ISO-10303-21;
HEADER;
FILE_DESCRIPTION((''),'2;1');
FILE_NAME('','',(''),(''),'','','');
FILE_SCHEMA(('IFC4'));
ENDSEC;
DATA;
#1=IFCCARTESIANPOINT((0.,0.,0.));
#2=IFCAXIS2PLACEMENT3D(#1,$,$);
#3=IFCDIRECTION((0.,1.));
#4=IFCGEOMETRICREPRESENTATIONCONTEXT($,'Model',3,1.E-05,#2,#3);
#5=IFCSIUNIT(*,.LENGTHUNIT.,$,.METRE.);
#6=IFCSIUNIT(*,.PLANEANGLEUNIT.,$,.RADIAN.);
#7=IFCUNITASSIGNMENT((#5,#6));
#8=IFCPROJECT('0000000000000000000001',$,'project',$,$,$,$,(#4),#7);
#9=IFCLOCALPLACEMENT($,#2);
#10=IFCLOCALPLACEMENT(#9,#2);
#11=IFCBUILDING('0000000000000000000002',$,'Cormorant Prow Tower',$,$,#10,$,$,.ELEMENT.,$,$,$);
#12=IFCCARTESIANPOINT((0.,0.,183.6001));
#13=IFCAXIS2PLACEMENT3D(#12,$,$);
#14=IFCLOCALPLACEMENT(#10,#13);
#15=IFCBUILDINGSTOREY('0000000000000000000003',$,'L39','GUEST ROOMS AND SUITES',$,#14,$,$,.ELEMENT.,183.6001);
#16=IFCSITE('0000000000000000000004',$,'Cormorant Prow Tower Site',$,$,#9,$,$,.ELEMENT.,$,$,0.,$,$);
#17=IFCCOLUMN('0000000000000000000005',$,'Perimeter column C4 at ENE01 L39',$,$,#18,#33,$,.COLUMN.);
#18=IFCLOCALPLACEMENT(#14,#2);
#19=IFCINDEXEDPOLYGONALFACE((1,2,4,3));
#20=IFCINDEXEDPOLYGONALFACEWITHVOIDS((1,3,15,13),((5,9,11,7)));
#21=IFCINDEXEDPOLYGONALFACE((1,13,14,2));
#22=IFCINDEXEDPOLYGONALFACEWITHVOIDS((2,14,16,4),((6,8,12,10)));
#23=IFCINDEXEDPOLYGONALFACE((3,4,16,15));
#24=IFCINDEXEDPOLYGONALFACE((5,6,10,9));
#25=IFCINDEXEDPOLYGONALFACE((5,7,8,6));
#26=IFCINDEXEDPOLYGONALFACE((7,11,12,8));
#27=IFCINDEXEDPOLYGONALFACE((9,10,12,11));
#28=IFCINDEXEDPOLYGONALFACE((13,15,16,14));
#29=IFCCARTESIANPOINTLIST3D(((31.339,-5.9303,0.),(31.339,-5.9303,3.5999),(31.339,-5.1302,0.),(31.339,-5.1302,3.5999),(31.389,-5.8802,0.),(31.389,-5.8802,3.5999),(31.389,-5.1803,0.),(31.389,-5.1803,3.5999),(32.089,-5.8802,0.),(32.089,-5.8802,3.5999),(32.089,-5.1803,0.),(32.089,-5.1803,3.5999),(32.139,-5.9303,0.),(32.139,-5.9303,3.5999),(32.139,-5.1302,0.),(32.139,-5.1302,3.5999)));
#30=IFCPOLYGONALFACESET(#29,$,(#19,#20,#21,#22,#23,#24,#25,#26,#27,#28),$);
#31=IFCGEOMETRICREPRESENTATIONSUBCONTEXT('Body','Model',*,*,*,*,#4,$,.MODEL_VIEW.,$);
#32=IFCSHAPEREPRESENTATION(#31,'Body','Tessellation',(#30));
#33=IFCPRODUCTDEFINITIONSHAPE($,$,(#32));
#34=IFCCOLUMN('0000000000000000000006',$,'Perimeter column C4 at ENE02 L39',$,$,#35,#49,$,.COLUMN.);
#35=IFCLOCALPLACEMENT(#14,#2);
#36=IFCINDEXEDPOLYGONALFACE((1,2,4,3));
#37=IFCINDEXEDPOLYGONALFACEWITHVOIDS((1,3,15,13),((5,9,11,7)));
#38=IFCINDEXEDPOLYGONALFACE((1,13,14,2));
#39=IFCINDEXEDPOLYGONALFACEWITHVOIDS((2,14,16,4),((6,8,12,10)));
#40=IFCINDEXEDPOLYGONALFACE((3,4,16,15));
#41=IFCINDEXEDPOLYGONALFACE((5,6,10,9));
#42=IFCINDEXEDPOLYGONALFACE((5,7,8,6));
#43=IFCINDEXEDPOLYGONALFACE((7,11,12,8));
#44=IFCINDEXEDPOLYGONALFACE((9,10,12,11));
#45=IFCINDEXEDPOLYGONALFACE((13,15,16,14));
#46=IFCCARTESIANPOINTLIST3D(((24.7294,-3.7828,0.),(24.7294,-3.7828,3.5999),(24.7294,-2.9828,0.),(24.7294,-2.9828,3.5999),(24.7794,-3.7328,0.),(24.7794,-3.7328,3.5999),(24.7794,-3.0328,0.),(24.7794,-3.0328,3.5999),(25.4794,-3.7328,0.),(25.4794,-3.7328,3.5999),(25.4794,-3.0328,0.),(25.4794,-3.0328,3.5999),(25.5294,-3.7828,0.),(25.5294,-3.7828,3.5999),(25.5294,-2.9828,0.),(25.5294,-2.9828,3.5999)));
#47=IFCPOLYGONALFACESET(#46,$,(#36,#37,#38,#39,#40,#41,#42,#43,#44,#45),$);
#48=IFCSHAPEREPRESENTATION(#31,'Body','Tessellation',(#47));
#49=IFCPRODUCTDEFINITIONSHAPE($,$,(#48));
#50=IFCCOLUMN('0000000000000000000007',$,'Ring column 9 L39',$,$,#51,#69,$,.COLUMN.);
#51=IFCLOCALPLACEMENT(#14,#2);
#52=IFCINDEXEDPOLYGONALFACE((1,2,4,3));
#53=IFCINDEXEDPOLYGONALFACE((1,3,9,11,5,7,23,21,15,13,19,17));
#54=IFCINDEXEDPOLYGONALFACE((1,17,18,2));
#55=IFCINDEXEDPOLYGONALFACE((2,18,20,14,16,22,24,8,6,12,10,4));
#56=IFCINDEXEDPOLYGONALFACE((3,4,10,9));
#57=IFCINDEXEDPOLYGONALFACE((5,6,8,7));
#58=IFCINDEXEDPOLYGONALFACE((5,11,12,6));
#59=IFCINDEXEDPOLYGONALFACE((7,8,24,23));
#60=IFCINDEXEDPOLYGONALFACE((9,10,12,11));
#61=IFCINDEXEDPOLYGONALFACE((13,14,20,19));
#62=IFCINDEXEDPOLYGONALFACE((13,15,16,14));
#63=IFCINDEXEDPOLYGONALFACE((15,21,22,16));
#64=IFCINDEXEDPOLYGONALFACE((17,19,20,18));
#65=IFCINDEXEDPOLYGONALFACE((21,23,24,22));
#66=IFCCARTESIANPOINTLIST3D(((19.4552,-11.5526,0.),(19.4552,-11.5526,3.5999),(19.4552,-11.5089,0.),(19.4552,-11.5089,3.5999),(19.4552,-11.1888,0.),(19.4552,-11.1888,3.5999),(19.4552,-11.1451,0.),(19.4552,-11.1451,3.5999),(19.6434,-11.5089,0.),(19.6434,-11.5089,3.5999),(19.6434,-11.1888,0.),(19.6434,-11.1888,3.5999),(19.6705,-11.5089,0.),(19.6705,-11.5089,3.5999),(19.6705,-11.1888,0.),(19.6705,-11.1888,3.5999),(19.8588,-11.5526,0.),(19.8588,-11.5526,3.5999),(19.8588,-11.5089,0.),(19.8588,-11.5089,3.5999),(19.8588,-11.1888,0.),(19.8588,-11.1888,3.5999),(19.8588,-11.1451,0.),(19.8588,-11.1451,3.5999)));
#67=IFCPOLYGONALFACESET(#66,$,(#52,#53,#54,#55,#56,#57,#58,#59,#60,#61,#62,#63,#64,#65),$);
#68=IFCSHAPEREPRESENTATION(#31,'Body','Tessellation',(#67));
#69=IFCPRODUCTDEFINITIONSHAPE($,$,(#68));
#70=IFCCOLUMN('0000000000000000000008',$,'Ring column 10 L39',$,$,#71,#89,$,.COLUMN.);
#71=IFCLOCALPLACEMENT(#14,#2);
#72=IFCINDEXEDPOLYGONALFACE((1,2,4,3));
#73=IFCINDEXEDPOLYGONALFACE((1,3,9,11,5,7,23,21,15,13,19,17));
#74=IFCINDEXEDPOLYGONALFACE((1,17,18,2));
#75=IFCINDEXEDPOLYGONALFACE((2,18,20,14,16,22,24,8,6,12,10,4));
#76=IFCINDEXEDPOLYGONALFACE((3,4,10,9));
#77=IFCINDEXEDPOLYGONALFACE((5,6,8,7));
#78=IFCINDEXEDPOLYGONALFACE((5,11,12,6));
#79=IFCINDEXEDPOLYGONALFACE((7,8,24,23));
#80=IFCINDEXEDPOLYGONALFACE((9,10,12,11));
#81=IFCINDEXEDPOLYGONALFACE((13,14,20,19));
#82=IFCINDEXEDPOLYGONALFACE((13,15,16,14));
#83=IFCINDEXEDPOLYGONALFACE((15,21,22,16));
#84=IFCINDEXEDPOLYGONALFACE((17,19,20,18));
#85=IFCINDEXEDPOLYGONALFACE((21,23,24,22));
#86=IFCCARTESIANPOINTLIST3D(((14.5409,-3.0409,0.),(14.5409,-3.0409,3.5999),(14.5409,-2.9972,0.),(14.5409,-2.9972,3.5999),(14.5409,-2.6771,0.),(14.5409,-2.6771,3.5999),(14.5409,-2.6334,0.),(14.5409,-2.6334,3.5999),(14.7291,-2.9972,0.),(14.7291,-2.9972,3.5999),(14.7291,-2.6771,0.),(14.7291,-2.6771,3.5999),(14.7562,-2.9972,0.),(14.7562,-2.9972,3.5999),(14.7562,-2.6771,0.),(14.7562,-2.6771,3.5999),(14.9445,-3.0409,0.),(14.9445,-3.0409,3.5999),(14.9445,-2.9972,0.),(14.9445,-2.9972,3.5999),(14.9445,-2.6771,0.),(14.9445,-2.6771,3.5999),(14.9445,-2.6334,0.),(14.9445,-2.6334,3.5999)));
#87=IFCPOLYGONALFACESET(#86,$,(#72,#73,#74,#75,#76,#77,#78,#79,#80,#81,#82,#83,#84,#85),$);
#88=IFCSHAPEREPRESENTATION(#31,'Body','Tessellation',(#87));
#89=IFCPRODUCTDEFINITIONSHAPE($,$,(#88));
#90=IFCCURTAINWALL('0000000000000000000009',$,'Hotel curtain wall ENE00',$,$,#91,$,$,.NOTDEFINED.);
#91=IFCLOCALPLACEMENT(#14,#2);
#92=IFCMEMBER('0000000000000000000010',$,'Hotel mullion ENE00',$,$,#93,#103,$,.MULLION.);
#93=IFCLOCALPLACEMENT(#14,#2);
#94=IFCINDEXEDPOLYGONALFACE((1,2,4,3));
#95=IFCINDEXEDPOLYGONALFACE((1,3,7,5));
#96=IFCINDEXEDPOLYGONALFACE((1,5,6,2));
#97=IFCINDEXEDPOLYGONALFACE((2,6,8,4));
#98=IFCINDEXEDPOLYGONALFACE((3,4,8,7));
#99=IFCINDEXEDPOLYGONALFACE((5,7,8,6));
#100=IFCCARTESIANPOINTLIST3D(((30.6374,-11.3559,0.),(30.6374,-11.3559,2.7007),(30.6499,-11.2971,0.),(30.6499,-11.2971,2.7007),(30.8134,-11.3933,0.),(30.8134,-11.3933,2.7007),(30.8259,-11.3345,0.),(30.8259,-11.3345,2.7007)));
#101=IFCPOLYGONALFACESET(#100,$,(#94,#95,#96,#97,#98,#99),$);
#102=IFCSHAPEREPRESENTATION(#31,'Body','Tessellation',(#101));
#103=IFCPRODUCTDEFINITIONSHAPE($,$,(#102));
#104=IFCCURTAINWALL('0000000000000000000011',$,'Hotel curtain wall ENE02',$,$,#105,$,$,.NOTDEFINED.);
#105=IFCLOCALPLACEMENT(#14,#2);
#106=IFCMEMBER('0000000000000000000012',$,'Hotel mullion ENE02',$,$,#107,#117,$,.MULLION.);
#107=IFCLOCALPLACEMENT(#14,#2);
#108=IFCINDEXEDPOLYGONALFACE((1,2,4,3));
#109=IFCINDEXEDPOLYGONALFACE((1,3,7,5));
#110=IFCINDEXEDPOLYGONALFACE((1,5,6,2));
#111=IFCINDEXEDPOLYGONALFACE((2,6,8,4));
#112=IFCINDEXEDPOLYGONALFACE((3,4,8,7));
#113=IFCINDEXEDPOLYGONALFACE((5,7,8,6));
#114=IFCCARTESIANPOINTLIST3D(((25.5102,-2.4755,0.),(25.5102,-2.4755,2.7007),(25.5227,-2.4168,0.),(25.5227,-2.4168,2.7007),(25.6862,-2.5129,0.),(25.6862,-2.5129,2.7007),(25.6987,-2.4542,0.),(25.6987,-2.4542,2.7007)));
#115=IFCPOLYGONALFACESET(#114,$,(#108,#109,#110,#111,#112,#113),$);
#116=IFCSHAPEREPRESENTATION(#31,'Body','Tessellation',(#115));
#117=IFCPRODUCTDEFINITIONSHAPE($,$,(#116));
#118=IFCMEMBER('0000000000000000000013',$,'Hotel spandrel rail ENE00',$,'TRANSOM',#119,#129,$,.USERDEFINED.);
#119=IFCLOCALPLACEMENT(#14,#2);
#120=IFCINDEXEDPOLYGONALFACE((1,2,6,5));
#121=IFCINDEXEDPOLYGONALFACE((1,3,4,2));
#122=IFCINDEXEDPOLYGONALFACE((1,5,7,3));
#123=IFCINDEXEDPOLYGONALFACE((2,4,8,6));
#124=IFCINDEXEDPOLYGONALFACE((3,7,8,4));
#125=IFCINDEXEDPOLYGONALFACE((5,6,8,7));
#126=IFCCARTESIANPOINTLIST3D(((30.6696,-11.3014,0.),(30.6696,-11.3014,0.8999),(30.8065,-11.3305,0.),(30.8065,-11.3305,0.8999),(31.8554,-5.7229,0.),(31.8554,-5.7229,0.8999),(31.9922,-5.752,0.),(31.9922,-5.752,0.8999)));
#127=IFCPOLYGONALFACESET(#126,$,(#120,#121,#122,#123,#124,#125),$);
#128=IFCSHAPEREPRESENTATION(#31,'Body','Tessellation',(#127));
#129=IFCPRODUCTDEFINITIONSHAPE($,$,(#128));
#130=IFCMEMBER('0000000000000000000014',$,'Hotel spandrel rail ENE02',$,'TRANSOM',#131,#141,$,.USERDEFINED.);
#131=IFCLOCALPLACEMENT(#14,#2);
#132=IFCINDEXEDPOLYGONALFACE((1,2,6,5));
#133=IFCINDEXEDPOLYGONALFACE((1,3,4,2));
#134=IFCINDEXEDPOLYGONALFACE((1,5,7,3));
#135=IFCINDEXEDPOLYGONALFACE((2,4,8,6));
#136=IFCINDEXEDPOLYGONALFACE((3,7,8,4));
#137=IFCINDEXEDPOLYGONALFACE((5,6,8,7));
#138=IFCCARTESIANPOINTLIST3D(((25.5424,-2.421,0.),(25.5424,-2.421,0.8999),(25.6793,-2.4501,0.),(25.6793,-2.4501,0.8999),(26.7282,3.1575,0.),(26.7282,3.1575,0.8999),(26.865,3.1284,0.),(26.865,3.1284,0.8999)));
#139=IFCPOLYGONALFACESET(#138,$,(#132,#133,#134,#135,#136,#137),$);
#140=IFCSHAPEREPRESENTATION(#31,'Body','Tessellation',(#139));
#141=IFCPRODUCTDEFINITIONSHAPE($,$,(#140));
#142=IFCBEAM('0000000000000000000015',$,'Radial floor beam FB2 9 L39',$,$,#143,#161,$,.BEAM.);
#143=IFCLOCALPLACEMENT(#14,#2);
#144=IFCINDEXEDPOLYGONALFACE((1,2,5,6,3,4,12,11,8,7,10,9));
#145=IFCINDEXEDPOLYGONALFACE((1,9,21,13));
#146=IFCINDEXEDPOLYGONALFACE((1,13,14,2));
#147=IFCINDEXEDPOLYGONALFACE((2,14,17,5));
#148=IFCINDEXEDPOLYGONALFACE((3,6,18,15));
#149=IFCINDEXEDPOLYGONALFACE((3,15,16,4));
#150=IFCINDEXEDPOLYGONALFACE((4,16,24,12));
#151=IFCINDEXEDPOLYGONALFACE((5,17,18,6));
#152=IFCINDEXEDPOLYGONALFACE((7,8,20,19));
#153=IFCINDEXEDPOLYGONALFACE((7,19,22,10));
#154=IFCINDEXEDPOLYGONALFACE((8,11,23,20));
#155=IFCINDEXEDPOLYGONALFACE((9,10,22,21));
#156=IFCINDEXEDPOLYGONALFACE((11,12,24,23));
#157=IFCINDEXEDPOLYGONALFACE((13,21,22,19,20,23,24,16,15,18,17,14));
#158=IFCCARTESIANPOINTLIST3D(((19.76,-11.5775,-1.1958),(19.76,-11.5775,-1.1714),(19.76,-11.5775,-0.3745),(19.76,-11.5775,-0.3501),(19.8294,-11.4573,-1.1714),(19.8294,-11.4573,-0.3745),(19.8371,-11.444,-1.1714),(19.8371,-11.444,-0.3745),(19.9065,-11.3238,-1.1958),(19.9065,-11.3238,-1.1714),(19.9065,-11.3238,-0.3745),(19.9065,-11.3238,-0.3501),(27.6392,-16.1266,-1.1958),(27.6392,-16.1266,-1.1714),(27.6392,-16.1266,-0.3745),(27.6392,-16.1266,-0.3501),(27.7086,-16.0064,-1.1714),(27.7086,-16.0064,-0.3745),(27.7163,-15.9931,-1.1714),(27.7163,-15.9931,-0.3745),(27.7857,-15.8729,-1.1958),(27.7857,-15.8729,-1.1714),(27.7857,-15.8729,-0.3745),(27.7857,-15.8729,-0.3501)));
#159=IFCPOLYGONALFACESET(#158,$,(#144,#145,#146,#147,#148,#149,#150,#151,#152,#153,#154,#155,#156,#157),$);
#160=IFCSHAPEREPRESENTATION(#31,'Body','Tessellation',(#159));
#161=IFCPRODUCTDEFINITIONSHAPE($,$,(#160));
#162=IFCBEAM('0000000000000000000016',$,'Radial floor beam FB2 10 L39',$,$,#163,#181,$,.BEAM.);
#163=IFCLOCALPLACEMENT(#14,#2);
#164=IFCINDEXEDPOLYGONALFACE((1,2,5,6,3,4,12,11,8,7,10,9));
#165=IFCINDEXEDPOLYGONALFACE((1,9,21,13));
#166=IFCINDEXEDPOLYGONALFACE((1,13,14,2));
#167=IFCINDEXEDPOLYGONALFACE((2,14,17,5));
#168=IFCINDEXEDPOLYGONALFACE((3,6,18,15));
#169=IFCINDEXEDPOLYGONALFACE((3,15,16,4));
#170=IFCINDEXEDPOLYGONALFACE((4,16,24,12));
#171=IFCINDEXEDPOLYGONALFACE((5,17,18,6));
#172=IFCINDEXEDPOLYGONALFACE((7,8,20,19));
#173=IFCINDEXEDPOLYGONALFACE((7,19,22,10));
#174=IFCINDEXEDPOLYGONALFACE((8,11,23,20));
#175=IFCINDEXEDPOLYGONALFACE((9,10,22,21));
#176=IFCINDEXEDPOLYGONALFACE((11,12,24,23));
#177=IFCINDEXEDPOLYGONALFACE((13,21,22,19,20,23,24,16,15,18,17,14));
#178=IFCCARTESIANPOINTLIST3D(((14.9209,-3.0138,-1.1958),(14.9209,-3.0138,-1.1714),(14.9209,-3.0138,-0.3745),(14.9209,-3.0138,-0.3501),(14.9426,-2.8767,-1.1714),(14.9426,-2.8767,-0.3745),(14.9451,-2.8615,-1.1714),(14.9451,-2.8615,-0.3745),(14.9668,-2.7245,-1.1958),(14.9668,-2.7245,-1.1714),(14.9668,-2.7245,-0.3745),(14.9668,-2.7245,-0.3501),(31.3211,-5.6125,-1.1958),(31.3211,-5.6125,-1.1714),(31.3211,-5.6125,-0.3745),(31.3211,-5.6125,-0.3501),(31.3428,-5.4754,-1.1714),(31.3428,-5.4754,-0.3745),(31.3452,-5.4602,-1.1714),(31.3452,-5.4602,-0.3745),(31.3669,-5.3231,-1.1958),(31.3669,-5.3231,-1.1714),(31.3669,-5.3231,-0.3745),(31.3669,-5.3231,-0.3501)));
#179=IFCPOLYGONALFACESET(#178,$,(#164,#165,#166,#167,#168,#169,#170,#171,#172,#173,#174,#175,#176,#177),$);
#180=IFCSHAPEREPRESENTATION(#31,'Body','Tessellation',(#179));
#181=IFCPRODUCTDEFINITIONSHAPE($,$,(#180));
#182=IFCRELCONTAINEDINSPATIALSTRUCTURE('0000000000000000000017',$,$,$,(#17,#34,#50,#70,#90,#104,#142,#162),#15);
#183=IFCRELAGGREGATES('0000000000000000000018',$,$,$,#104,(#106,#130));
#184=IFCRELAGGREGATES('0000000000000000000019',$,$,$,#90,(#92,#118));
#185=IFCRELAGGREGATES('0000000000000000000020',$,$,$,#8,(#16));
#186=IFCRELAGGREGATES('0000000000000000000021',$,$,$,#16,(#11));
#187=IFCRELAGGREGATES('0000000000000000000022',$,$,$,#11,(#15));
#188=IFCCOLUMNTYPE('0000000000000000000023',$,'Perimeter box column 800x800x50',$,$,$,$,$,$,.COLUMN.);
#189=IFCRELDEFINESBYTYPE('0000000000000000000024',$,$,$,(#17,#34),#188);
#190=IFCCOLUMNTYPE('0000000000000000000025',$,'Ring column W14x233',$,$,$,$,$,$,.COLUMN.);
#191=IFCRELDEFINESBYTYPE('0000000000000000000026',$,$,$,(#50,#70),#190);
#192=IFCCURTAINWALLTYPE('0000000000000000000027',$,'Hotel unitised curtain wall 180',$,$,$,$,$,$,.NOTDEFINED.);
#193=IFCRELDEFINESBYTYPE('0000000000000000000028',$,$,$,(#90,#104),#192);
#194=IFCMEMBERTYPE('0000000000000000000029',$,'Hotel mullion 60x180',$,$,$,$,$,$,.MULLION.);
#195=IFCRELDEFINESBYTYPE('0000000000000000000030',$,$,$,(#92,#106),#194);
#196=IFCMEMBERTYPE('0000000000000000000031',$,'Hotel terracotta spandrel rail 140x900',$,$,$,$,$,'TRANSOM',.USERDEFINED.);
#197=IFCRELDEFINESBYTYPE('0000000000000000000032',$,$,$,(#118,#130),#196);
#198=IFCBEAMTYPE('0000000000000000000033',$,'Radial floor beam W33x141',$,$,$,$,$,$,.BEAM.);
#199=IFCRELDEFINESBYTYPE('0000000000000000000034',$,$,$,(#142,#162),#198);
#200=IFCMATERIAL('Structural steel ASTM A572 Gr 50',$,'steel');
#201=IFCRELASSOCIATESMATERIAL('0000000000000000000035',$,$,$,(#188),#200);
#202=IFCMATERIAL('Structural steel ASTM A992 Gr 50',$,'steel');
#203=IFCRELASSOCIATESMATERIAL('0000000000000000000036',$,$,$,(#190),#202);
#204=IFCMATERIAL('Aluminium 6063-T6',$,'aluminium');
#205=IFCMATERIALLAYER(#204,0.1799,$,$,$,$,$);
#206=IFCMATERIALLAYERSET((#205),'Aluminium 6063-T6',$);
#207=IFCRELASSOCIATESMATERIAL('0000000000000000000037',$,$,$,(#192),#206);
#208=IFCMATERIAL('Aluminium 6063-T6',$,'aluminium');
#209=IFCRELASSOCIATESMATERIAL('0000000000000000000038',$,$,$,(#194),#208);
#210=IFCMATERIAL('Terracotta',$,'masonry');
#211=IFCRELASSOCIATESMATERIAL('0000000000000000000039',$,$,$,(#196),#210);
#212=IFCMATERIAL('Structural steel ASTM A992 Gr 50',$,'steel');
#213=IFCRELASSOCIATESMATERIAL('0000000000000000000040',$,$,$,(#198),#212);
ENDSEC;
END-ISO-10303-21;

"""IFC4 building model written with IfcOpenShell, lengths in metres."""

from ifc_helpers import new_model, si_unit, direction, frame, origin, origin_2d, place, context, subcontext, project, spatial, rectangle, hollow_rectangle, i_section, extrude, material, layer, layer_set, material_profile, profile_set, type_object, element, aggregate, save


model = new_model("IFC4")

# Units and contexts
model_context = context("Model", 3, precision=1e-05, world=origin(), true_north=direction((0.0, 1.0)))
body_context = subcontext(model_context, "Body", "Model", "MODEL_VIEW")
ifc_project = project(units=[si_unit("LENGTHUNIT", "METRE"), si_unit("PLANEANGLEUNIT", "RADIAN")], contexts=[model_context])

# Site, building, storey
site_placement = place(None, origin())
site = spatial("IfcSite", under=ifc_project, at=site_placement, Name="Cormorant Prow Tower Site", CompositionType="ELEMENT", RefElevation=0.0)
building_placement = place(site_placement, origin())
building = spatial("IfcBuilding", under=site, at=building_placement, Name="Cormorant Prow Tower", CompositionType="ELEMENT")
storey_placement = place(building_placement, frame((0.0, 0.0, 183.6001)))
storey = spatial("IfcBuildingStorey", under=building, at=storey_placement, Name="L39", Description="GUEST ROOMS AND SUITES", CompositionType="ELEMENT", Elevation=183.6001)

# Columns
ifc_material_1 = material(Name="Structural steel ASTM A572 Gr 50", Category="steel")
ifc_material_profile_1 = material_profile(ifc_material_1, hollow_rectangle(XDim=0.8, YDim=0.8, WallThickness=0.05, at=origin_2d()), Name="Box 800x800x50")
ifc_profile_set_1 = profile_set([ifc_material_profile_1], Name="Structural steel ASTM A572 Gr 50")
column_type_1 = type_object("IfcColumnType", Name="Perimeter box column 800x800x50", PredefinedType="COLUMN", material=ifc_profile_set_1)
for number, where, z_axis, x_axis, name in (
    (1, (31.739, -5.5303, 0.0), (0.0, 0.0, 1.0), (1.0, 0.0, 0.0), "Perimeter column C4 at ENE01 L39"),
    (2, (25.1294, -3.3828, 0.0), (0.0, 0.0, 1.0), (1.0, 0.0, 0.0), "Perimeter column C4 at ENE02 L39"),
):
    element("IfcColumn", number, at=place(storey_placement, frame(where, z_axis=z_axis, x_axis=x_axis)), inside=storey, type_object=column_type_1, Name=name, PredefinedType="COLUMN", context=body_context, shape_type="SweptSolid", body=[
        extrude(hollow_rectangle(XDim=0.8, YDim=0.8, WallThickness=0.05, at=origin_2d()), origin(), (0.0, 0.0, 1.0), 3.5999),
    ])
ifc_material_2 = material(Name="Structural steel ASTM A992 Gr 50", Category="steel")
ifc_material_profile_2 = material_profile(ifc_material_2, i_section(OverallWidth=0.4036, OverallDepth=0.4075, WebThickness=0.0271, FlangeThickness=0.0437, at=origin_2d()), Name="W14x233")
ifc_profile_set_2 = profile_set([ifc_material_profile_2], Name="Structural steel ASTM A992 Gr 50")
column_type_2 = type_object("IfcColumnType", Name="Ring column W14x233", PredefinedType="COLUMN", material=ifc_profile_set_2)
for number, where, z_axis, x_axis, name in (
    (3, (19.657, -11.3489, 0.0), (0.0, 0.0, 1.0), (1.0, 0.0, 0.0), "Ring column 9 L39"),
    (4, (14.7427, -2.8372, 0.0), (0.0, 0.0, 1.0), (1.0, 0.0, 0.0), "Ring column 10 L39"),
):
    element("IfcColumn", number, at=place(storey_placement, frame(where, z_axis=z_axis, x_axis=x_axis)), inside=storey, type_object=column_type_2, Name=name, PredefinedType="COLUMN", context=body_context, shape_type="SweptSolid", body=[
        extrude(i_section(OverallWidth=0.4036, OverallDepth=0.4075, WebThickness=0.0271, FlangeThickness=0.0437, at=origin_2d()), origin(), (0.0, 0.0, 1.0), 3.5999),
    ])

# Curtain walls, members
ifc_material_3 = material(Name="Aluminium 6063-T6", Category="aluminium")
ifc_layer_1 = layer(ifc_material_3, 0.1799)
ifc_layer_set_1 = layer_set([ifc_layer_1], Name="Aluminium 6063-T6")
curtain_wall_type = type_object("IfcCurtainWallType", Name="Hotel unitised curtain wall 180", PredefinedType="NOTDEFINED", material=ifc_layer_set_1)
curtain_wall_1_placement = place(storey_placement, origin())
curtain_wall_1 = element("IfcCurtainWall", 5, at=curtain_wall_1_placement, inside=storey, type_object=curtain_wall_type, Name="Hotel curtain wall ENE00", PredefinedType="NOTDEFINED")
ifc_material_4 = material(Name="Aluminium 6063-T6", Category="aluminium")
ifc_material_profile_3 = material_profile(ifc_material_4, rectangle(XDim=0.1799, YDim=0.0601, at=origin_2d()), Name="Hotel mullion 60x180")
ifc_profile_set_3 = profile_set([ifc_material_profile_3], Name="Aluminium 6063-T6")
member_type_1 = type_object("IfcMemberType", Name="Hotel mullion 60x180", PredefinedType="MULLION", material=ifc_profile_set_3)
member_1_placement = place(storey_placement, frame((30.7317, -11.3452, 0.0), z_axis=(0.0, 0.0, 1.0), x_axis=(-0.978148, 0.207912, 0.0)))
member_1 = element("IfcMember", 6, at=member_1_placement, type_object=member_type_1, Name="Hotel mullion ENE00", PredefinedType="MULLION", context=body_context, shape_type="SweptSolid", body=[
    extrude(rectangle(XDim=0.1799, YDim=0.0601, at=origin_2d()), origin(), (0.0, 0.0, 1.0), 2.7007),
])
curtain_wall_2_placement = place(storey_placement, origin())
curtain_wall_2 = element("IfcCurtainWall", 7, at=curtain_wall_2_placement, inside=storey, type_object=curtain_wall_type, Name="Hotel curtain wall ENE02", PredefinedType="NOTDEFINED")
member_2_placement = place(storey_placement, frame((25.6045, -2.4648, 0.0), z_axis=(0.0, 0.0, 1.0), x_axis=(-0.978148, 0.207912, 0.0)))
member_2 = element("IfcMember", 8, at=member_2_placement, type_object=member_type_1, Name="Hotel mullion ENE02", PredefinedType="MULLION", context=body_context, shape_type="SweptSolid", body=[
    extrude(rectangle(XDim=0.1799, YDim=0.0601, at=origin_2d()), origin(), (0.0, 0.0, 1.0), 2.7007),
])

# Members
ifc_material_5 = material(Name="Terracotta", Category="masonry")
ifc_material_profile_4 = material_profile(ifc_material_5, rectangle(XDim=0.1399, YDim=0.8999, at=origin_2d()), Name="Hotel terracotta spandrel rail 140x900")
ifc_profile_set_4 = profile_set([ifc_material_profile_4], Name="Terracotta")
member_type_2 = type_object("IfcMemberType", Name="Hotel terracotta spandrel rail 140x900", ElementType="TRANSOM", PredefinedType="USERDEFINED", material=ifc_profile_set_4)
member_3_placement = place(storey_placement, frame((30.738, -11.3159, 0.45), z_axis=(0.207915, 0.978147, 0.0), x_axis=(-0.978147, 0.207915, 0.0)))
member_3 = element("IfcMember", 9, at=member_3_placement, type_object=member_type_2, Name="Hotel spandrel rail ENE00", ObjectType="TRANSOM", PredefinedType="USERDEFINED", context=body_context, shape_type="SweptSolid", body=[
    extrude(rectangle(XDim=0.1399, YDim=0.8999, at=origin_2d()), origin(), (0.0, 0.0, 1.0), 5.7031),
])
member_4_placement = place(storey_placement, frame((25.6108, -2.4355, 0.45), z_axis=(0.207915, 0.978147, 0.0), x_axis=(-0.978147, 0.207915, 0.0)))
member_4 = element("IfcMember", 10, at=member_4_placement, type_object=member_type_2, Name="Hotel spandrel rail ENE02", ObjectType="TRANSOM", PredefinedType="USERDEFINED", context=body_context, shape_type="SweptSolid", body=[
    extrude(rectangle(XDim=0.1399, YDim=0.8999, at=origin_2d()), origin(), (0.0, 0.0, 1.0), 5.7031),
])
aggregate(curtain_wall_2, [member_2, member_4])

# Beams
ifc_material_6 = material(Name="Structural steel ASTM A992 Gr 50", Category="steel")
ifc_material_profile_5 = material_profile(ifc_material_6, i_section(OverallWidth=0.293, OverallDepth=0.8457, WebThickness=0.0154, FlangeThickness=0.0244, at=origin_2d()), Name="W33x141")
ifc_profile_set_5 = profile_set([ifc_material_profile_5], Name="Structural steel ASTM A992 Gr 50")
beam_type_1 = type_object("IfcBeamType", Name="Radial floor beam W33x141", PredefinedType="BEAM", material=ifc_profile_set_5)
beam_1_placement = place(storey_placement, frame((19.8333, -11.4507, -0.7729), z_axis=(0.866023, -0.500004, 0.0), x_axis=(0.500004, 0.866023, 0.0)))
element("IfcBeam", 11, at=beam_1_placement, inside=storey, type_object=beam_type_1, Name="Radial floor beam FB2 9 L39", PredefinedType="BEAM", context=body_context, shape_type="SweptSolid", body=[
    extrude(i_section(OverallWidth=0.293, OverallDepth=0.8457, WebThickness=0.0154, FlangeThickness=0.0244, at=origin_2d()), origin(), (0.0, 0.0, 1.0), 9.0981),
])
beam_2_placement = place(storey_placement, frame((14.9438, -2.8691, -0.7729), z_axis=(0.987678, -0.156499, 0.0), x_axis=(0.156499, 0.987678, 0.0)))
element("IfcBeam", 12, at=beam_2_placement, inside=storey, type_object=beam_type_1, Name="Radial floor beam FB2 10 L39", PredefinedType="BEAM", context=body_context, shape_type="SweptSolid", body=[
    extrude(i_section(OverallWidth=0.293, OverallDepth=0.8457, WebThickness=0.0154, FlangeThickness=0.0244, at=origin_2d()), origin(), (0.0, 0.0, 1.0), 16.6047),
])

aggregate(curtain_wall_1, [member_1, member_3])

save(model, "model.ifc")
